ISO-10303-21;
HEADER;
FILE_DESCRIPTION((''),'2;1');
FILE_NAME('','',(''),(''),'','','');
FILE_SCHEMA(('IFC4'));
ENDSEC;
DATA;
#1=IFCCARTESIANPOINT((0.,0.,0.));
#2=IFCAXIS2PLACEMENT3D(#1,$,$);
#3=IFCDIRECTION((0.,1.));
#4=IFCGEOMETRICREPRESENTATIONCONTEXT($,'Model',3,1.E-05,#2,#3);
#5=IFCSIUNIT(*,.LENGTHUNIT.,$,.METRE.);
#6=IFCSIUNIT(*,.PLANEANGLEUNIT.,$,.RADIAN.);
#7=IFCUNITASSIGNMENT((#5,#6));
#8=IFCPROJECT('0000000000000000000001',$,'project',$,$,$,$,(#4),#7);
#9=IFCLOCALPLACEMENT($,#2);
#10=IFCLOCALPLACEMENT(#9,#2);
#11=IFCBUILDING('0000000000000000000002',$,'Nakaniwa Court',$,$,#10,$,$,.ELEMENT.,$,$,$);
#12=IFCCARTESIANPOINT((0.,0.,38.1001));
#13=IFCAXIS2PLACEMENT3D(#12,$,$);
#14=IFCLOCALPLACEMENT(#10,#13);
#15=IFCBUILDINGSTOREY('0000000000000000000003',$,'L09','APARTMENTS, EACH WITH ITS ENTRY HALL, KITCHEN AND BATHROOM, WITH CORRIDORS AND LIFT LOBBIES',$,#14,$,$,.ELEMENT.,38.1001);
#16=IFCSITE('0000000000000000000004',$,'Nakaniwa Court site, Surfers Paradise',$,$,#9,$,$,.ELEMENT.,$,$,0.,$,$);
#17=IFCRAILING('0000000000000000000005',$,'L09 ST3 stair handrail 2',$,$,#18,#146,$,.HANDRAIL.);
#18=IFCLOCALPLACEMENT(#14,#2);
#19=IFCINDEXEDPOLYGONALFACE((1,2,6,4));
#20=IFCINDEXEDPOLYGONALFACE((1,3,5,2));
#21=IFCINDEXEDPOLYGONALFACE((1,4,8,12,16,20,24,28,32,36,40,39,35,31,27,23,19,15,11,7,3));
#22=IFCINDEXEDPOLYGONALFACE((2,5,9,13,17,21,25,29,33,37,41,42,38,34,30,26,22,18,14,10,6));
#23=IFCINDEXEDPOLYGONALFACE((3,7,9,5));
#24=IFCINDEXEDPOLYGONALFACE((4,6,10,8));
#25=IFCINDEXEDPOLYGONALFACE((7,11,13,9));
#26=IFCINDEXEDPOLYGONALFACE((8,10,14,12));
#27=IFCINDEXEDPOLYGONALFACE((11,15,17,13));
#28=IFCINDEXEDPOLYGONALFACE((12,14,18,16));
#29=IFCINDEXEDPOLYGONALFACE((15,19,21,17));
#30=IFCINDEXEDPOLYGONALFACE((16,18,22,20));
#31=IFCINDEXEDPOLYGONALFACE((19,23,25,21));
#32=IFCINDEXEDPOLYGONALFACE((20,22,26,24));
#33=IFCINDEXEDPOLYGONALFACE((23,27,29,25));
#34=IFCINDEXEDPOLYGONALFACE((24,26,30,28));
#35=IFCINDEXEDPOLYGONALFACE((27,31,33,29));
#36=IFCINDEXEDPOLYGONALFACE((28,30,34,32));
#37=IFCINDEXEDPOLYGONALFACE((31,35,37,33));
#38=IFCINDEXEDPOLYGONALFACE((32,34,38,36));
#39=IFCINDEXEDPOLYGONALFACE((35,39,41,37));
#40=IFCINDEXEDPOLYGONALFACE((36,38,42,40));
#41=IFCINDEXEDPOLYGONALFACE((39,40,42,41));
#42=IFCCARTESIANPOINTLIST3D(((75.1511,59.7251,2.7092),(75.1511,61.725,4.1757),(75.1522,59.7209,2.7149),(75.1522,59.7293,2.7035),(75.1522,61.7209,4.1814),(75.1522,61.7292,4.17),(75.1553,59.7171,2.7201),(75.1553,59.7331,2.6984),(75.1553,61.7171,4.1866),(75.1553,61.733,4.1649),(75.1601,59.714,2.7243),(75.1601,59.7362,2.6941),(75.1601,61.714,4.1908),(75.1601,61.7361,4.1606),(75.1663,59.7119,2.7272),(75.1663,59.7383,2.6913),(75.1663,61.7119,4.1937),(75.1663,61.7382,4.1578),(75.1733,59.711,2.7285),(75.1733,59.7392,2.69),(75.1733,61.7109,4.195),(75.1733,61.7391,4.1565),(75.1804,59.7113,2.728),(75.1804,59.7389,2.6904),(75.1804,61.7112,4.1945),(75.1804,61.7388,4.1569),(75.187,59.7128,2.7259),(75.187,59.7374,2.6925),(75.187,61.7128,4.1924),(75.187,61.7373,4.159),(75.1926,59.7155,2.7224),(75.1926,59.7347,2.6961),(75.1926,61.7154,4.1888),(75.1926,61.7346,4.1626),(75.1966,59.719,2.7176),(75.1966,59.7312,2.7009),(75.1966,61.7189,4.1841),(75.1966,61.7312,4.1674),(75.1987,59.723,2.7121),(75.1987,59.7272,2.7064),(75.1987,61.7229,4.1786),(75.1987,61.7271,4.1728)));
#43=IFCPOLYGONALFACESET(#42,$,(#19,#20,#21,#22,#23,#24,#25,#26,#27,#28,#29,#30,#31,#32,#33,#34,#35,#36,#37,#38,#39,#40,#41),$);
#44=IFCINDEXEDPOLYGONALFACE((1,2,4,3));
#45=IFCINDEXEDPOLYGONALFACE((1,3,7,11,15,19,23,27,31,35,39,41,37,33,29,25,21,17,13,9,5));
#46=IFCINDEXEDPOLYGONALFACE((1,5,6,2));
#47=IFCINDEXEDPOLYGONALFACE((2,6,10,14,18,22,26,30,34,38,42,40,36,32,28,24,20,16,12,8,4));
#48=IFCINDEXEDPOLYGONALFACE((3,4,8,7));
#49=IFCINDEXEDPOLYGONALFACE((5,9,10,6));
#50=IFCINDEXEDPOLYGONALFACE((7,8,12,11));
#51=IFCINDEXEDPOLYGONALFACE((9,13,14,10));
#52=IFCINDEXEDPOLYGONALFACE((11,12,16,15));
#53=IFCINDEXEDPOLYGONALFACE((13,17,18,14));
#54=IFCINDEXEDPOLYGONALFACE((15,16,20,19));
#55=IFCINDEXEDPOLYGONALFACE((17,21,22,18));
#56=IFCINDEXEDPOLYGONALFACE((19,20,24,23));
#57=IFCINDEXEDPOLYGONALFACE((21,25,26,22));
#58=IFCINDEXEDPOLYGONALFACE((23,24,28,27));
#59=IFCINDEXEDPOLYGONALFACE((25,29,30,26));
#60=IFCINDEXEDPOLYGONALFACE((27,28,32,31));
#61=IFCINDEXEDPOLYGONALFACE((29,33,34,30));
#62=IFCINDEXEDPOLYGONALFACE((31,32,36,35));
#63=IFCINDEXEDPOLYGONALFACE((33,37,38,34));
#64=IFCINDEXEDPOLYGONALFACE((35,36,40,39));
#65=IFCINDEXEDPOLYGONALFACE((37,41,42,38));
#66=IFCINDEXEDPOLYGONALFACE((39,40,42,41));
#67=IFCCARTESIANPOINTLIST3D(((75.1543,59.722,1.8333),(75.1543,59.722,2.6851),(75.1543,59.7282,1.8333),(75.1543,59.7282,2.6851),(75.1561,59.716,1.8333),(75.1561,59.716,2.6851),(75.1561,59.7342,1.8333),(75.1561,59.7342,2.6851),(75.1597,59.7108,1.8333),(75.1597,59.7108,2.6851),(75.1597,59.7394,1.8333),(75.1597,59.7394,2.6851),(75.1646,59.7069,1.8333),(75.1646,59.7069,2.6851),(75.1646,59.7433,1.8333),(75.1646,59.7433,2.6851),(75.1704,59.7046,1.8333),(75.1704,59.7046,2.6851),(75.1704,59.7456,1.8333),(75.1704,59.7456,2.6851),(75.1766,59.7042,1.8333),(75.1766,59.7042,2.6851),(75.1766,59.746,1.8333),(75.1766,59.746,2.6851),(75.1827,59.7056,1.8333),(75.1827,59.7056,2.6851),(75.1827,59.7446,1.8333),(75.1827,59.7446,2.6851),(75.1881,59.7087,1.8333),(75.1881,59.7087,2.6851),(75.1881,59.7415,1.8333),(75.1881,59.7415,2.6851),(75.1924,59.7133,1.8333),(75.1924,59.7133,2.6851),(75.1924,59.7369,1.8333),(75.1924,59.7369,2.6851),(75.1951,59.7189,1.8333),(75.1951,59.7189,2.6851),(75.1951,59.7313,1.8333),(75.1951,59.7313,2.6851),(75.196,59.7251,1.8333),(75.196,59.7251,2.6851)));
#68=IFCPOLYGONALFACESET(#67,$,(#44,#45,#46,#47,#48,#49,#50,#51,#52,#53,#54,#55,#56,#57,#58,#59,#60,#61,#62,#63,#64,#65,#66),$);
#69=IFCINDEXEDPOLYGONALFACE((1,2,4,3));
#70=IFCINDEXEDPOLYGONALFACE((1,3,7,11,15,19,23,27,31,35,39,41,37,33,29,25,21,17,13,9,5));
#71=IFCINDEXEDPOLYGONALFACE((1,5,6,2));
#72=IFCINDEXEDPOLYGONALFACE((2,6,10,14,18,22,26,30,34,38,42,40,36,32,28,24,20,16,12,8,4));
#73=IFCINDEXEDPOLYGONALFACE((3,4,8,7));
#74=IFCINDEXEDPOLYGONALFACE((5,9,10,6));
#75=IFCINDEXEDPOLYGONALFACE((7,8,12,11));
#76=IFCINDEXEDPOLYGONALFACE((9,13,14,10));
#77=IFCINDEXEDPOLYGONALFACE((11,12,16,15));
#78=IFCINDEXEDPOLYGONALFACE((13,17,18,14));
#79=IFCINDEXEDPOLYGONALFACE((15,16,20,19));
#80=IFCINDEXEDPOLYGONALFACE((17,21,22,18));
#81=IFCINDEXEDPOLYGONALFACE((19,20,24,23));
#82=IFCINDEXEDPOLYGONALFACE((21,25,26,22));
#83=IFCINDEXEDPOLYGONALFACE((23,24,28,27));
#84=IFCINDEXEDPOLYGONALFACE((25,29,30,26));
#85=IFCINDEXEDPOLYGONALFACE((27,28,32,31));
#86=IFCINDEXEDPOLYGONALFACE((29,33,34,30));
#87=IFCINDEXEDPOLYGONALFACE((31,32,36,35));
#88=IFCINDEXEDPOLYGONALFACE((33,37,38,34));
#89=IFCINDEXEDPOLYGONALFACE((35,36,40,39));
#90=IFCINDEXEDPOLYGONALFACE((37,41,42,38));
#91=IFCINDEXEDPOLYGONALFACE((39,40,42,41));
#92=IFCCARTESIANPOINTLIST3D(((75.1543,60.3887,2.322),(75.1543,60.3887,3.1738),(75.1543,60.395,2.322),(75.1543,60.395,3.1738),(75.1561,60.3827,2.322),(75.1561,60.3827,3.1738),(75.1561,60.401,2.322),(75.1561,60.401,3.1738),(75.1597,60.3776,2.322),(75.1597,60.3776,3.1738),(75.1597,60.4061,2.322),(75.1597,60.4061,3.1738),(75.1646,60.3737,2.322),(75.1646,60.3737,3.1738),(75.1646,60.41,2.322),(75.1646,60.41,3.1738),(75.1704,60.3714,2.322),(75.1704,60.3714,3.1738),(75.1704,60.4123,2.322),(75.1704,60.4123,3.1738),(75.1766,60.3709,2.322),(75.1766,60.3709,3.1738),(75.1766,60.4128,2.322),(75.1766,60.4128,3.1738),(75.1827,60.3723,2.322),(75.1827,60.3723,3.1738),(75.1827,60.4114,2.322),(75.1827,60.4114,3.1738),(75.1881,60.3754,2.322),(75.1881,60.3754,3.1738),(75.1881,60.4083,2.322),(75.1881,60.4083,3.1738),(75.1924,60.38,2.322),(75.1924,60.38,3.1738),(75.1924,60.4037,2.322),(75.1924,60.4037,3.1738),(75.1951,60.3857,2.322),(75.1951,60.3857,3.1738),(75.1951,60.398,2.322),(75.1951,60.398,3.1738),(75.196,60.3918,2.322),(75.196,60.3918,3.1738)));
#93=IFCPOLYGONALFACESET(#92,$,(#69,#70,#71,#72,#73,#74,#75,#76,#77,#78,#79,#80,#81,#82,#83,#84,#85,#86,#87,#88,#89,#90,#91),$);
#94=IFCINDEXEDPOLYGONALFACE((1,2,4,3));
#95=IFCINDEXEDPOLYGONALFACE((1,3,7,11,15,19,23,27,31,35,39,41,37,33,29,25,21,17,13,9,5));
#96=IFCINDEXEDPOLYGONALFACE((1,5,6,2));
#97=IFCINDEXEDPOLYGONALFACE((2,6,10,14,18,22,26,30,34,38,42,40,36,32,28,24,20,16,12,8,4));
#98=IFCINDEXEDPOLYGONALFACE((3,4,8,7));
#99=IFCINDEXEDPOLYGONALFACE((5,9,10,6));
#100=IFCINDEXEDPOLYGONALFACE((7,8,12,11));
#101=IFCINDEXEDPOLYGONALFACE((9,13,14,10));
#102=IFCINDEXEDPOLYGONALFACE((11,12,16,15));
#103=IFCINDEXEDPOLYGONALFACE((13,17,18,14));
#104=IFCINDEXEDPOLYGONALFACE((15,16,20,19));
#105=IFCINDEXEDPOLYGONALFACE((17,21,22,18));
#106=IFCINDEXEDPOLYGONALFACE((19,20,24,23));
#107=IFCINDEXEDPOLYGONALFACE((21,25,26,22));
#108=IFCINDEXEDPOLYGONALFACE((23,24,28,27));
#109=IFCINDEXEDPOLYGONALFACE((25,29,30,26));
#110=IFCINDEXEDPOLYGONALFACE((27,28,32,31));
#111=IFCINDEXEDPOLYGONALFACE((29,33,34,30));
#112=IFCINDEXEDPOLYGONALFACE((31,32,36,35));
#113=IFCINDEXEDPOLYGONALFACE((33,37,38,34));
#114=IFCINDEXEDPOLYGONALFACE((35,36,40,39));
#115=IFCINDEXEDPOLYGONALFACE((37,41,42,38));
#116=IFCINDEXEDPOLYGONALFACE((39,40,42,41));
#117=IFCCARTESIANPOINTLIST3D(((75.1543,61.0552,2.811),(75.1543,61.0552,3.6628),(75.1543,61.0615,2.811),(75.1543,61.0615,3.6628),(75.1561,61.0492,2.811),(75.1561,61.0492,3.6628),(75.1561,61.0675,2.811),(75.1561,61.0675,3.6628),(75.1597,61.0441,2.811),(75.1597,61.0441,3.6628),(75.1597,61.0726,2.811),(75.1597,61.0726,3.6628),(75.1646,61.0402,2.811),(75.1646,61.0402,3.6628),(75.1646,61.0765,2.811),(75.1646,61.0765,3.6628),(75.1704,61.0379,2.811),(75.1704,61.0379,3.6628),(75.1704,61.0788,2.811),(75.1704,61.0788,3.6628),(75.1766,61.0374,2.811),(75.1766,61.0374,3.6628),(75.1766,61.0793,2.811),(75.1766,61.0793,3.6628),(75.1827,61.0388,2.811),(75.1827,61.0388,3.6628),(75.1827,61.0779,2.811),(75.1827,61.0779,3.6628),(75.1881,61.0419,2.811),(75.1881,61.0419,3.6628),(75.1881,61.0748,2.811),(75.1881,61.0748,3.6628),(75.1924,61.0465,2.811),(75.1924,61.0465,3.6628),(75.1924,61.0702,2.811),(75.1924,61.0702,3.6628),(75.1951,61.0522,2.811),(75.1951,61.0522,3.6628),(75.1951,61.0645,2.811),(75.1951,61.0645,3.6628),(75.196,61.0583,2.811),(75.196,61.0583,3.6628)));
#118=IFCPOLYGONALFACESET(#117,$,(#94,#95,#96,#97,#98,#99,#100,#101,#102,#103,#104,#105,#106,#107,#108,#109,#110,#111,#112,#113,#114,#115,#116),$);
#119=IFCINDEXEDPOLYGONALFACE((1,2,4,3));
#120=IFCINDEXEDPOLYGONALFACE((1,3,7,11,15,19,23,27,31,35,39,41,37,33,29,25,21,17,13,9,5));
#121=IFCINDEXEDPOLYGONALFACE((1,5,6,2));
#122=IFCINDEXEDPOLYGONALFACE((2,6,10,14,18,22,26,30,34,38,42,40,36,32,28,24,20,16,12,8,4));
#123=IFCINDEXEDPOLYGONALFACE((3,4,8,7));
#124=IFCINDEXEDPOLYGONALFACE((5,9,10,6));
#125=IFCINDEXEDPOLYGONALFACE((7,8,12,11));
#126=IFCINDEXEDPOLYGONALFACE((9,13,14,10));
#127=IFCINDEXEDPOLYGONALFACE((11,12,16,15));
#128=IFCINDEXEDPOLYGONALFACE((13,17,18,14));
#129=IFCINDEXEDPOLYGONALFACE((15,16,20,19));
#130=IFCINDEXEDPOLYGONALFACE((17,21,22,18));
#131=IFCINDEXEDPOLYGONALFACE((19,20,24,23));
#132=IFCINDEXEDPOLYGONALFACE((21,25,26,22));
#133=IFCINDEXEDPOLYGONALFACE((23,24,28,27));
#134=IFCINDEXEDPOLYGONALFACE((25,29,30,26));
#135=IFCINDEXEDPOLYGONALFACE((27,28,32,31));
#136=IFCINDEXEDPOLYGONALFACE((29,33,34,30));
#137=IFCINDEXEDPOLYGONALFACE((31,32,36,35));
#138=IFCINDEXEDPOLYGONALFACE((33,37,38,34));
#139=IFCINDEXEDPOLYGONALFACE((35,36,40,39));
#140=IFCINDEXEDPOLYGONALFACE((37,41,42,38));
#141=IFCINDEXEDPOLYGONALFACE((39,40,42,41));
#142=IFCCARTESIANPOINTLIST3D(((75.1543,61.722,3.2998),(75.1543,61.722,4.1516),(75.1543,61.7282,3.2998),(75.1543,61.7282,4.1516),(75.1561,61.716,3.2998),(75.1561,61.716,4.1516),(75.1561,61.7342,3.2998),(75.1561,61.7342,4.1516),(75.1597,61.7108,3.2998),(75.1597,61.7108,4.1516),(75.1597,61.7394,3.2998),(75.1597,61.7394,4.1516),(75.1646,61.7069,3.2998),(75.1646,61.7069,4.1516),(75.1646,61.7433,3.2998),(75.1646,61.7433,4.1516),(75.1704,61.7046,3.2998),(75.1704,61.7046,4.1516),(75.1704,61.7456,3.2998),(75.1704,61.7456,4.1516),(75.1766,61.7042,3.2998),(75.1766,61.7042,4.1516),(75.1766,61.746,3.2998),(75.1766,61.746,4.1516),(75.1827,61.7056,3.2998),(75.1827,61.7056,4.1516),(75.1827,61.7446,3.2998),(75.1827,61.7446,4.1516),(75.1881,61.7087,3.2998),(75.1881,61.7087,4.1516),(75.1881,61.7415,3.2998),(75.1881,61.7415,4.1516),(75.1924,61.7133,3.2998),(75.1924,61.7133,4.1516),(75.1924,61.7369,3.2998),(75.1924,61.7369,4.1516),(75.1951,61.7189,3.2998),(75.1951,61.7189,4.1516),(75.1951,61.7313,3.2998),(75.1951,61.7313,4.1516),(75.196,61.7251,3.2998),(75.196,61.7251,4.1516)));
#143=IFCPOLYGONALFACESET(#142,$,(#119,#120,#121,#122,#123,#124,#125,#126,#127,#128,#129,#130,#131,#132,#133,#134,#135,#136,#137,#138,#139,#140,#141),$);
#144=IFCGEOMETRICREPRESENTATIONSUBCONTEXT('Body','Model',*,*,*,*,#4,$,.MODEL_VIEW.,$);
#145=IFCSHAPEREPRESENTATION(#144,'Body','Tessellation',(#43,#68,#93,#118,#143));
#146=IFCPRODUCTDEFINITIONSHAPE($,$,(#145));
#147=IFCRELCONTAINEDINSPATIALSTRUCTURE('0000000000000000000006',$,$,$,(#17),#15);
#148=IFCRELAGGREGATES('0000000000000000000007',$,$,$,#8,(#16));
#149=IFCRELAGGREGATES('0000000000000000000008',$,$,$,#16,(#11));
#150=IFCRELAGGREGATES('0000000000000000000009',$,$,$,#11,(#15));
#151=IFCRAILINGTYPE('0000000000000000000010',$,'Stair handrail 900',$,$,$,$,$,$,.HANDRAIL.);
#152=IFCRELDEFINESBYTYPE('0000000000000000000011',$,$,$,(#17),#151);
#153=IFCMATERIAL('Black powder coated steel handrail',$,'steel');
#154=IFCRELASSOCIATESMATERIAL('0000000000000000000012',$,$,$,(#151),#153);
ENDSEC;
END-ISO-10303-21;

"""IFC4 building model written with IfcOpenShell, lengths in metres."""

from ifc_helpers import new_model, si_unit, direction, frame, origin, origin_2d, place, context, subcontext, project, spatial, circle, extrude, material, type_object, element, save


model = new_model("IFC4")

# Units and contexts
model_context = context("Model", 3, precision=1e-05, world=origin(), true_north=direction((0.0, 1.0)))
body_context = subcontext(model_context, "Body", "Model", "MODEL_VIEW")
ifc_project = project(units=[si_unit("LENGTHUNIT", "METRE"), si_unit("PLANEANGLEUNIT", "RADIAN")], contexts=[model_context])

# Site, building, storey
site_placement = place(None, origin())
site = spatial("IfcSite", under=ifc_project, at=site_placement, Name="Nakaniwa Court site, Surfers Paradise", CompositionType="ELEMENT", RefElevation=0.0)
building_placement = place(site_placement, origin())
building = spatial("IfcBuilding", under=site, at=building_placement, Name="Nakaniwa Court", CompositionType="ELEMENT")
storey_placement = place(building_placement, frame((0.0, 0.0, 38.1001)))
storey = spatial("IfcBuildingStorey", under=building, at=storey_placement, Name="L09", Description="APARTMENTS, EACH WITH ITS ENTRY HALL, KITCHEN AND BATHROOM, WITH CORRIDORS AND LIFT LOBBIES", CompositionType="ELEMENT", Elevation=38.1001)

# Railing
ifc_material_1 = material(Name="Black powder coated steel handrail", Category="steel")
railing_type_1 = type_object("IfcRailingType", Name="Stair handrail 900", PredefinedType="HANDRAIL", material=ifc_material_1)
railing_1_placement = place(storey_placement, frame((75.175, 59.7251, 1.8333)))
element("IfcRailing", 1, at=railing_1_placement, inside=storey, type_object=railing_type_1, Name="L09 ST3 stair handrail 2", PredefinedType="HANDRAIL", context=body_context, shape_type="SweptSolid", body=[
    extrude(circle(Radius=0.0239, at=origin_2d()), frame((0.0, 0.0, 0.876), z_axis=(0.0, 0.806427, 0.591334), x_axis=(-1.0, 0.0, 0.0)), (0.0, 0.0, 1.0), 2.48),
    extrude(circle(Radius=0.021, at=origin_2d()), origin(), (0.0, 0.0, 1.0), 0.8518),
    extrude(circle(Radius=0.021, at=origin_2d()), frame((0.0, 0.6667, 0.4888)), (0.0, 0.0, 1.0), 0.8518),
    extrude(circle(Radius=0.021, at=origin_2d()), frame((0.0, 1.3333, 0.9778)), (0.0, 0.0, 1.0), 0.8518),
    extrude(circle(Radius=0.021, at=origin_2d()), frame((0.0, 2.0, 1.4666)), (0.0, 0.0, 1.0), 0.8518),
])

save(model, "model.ifc")
